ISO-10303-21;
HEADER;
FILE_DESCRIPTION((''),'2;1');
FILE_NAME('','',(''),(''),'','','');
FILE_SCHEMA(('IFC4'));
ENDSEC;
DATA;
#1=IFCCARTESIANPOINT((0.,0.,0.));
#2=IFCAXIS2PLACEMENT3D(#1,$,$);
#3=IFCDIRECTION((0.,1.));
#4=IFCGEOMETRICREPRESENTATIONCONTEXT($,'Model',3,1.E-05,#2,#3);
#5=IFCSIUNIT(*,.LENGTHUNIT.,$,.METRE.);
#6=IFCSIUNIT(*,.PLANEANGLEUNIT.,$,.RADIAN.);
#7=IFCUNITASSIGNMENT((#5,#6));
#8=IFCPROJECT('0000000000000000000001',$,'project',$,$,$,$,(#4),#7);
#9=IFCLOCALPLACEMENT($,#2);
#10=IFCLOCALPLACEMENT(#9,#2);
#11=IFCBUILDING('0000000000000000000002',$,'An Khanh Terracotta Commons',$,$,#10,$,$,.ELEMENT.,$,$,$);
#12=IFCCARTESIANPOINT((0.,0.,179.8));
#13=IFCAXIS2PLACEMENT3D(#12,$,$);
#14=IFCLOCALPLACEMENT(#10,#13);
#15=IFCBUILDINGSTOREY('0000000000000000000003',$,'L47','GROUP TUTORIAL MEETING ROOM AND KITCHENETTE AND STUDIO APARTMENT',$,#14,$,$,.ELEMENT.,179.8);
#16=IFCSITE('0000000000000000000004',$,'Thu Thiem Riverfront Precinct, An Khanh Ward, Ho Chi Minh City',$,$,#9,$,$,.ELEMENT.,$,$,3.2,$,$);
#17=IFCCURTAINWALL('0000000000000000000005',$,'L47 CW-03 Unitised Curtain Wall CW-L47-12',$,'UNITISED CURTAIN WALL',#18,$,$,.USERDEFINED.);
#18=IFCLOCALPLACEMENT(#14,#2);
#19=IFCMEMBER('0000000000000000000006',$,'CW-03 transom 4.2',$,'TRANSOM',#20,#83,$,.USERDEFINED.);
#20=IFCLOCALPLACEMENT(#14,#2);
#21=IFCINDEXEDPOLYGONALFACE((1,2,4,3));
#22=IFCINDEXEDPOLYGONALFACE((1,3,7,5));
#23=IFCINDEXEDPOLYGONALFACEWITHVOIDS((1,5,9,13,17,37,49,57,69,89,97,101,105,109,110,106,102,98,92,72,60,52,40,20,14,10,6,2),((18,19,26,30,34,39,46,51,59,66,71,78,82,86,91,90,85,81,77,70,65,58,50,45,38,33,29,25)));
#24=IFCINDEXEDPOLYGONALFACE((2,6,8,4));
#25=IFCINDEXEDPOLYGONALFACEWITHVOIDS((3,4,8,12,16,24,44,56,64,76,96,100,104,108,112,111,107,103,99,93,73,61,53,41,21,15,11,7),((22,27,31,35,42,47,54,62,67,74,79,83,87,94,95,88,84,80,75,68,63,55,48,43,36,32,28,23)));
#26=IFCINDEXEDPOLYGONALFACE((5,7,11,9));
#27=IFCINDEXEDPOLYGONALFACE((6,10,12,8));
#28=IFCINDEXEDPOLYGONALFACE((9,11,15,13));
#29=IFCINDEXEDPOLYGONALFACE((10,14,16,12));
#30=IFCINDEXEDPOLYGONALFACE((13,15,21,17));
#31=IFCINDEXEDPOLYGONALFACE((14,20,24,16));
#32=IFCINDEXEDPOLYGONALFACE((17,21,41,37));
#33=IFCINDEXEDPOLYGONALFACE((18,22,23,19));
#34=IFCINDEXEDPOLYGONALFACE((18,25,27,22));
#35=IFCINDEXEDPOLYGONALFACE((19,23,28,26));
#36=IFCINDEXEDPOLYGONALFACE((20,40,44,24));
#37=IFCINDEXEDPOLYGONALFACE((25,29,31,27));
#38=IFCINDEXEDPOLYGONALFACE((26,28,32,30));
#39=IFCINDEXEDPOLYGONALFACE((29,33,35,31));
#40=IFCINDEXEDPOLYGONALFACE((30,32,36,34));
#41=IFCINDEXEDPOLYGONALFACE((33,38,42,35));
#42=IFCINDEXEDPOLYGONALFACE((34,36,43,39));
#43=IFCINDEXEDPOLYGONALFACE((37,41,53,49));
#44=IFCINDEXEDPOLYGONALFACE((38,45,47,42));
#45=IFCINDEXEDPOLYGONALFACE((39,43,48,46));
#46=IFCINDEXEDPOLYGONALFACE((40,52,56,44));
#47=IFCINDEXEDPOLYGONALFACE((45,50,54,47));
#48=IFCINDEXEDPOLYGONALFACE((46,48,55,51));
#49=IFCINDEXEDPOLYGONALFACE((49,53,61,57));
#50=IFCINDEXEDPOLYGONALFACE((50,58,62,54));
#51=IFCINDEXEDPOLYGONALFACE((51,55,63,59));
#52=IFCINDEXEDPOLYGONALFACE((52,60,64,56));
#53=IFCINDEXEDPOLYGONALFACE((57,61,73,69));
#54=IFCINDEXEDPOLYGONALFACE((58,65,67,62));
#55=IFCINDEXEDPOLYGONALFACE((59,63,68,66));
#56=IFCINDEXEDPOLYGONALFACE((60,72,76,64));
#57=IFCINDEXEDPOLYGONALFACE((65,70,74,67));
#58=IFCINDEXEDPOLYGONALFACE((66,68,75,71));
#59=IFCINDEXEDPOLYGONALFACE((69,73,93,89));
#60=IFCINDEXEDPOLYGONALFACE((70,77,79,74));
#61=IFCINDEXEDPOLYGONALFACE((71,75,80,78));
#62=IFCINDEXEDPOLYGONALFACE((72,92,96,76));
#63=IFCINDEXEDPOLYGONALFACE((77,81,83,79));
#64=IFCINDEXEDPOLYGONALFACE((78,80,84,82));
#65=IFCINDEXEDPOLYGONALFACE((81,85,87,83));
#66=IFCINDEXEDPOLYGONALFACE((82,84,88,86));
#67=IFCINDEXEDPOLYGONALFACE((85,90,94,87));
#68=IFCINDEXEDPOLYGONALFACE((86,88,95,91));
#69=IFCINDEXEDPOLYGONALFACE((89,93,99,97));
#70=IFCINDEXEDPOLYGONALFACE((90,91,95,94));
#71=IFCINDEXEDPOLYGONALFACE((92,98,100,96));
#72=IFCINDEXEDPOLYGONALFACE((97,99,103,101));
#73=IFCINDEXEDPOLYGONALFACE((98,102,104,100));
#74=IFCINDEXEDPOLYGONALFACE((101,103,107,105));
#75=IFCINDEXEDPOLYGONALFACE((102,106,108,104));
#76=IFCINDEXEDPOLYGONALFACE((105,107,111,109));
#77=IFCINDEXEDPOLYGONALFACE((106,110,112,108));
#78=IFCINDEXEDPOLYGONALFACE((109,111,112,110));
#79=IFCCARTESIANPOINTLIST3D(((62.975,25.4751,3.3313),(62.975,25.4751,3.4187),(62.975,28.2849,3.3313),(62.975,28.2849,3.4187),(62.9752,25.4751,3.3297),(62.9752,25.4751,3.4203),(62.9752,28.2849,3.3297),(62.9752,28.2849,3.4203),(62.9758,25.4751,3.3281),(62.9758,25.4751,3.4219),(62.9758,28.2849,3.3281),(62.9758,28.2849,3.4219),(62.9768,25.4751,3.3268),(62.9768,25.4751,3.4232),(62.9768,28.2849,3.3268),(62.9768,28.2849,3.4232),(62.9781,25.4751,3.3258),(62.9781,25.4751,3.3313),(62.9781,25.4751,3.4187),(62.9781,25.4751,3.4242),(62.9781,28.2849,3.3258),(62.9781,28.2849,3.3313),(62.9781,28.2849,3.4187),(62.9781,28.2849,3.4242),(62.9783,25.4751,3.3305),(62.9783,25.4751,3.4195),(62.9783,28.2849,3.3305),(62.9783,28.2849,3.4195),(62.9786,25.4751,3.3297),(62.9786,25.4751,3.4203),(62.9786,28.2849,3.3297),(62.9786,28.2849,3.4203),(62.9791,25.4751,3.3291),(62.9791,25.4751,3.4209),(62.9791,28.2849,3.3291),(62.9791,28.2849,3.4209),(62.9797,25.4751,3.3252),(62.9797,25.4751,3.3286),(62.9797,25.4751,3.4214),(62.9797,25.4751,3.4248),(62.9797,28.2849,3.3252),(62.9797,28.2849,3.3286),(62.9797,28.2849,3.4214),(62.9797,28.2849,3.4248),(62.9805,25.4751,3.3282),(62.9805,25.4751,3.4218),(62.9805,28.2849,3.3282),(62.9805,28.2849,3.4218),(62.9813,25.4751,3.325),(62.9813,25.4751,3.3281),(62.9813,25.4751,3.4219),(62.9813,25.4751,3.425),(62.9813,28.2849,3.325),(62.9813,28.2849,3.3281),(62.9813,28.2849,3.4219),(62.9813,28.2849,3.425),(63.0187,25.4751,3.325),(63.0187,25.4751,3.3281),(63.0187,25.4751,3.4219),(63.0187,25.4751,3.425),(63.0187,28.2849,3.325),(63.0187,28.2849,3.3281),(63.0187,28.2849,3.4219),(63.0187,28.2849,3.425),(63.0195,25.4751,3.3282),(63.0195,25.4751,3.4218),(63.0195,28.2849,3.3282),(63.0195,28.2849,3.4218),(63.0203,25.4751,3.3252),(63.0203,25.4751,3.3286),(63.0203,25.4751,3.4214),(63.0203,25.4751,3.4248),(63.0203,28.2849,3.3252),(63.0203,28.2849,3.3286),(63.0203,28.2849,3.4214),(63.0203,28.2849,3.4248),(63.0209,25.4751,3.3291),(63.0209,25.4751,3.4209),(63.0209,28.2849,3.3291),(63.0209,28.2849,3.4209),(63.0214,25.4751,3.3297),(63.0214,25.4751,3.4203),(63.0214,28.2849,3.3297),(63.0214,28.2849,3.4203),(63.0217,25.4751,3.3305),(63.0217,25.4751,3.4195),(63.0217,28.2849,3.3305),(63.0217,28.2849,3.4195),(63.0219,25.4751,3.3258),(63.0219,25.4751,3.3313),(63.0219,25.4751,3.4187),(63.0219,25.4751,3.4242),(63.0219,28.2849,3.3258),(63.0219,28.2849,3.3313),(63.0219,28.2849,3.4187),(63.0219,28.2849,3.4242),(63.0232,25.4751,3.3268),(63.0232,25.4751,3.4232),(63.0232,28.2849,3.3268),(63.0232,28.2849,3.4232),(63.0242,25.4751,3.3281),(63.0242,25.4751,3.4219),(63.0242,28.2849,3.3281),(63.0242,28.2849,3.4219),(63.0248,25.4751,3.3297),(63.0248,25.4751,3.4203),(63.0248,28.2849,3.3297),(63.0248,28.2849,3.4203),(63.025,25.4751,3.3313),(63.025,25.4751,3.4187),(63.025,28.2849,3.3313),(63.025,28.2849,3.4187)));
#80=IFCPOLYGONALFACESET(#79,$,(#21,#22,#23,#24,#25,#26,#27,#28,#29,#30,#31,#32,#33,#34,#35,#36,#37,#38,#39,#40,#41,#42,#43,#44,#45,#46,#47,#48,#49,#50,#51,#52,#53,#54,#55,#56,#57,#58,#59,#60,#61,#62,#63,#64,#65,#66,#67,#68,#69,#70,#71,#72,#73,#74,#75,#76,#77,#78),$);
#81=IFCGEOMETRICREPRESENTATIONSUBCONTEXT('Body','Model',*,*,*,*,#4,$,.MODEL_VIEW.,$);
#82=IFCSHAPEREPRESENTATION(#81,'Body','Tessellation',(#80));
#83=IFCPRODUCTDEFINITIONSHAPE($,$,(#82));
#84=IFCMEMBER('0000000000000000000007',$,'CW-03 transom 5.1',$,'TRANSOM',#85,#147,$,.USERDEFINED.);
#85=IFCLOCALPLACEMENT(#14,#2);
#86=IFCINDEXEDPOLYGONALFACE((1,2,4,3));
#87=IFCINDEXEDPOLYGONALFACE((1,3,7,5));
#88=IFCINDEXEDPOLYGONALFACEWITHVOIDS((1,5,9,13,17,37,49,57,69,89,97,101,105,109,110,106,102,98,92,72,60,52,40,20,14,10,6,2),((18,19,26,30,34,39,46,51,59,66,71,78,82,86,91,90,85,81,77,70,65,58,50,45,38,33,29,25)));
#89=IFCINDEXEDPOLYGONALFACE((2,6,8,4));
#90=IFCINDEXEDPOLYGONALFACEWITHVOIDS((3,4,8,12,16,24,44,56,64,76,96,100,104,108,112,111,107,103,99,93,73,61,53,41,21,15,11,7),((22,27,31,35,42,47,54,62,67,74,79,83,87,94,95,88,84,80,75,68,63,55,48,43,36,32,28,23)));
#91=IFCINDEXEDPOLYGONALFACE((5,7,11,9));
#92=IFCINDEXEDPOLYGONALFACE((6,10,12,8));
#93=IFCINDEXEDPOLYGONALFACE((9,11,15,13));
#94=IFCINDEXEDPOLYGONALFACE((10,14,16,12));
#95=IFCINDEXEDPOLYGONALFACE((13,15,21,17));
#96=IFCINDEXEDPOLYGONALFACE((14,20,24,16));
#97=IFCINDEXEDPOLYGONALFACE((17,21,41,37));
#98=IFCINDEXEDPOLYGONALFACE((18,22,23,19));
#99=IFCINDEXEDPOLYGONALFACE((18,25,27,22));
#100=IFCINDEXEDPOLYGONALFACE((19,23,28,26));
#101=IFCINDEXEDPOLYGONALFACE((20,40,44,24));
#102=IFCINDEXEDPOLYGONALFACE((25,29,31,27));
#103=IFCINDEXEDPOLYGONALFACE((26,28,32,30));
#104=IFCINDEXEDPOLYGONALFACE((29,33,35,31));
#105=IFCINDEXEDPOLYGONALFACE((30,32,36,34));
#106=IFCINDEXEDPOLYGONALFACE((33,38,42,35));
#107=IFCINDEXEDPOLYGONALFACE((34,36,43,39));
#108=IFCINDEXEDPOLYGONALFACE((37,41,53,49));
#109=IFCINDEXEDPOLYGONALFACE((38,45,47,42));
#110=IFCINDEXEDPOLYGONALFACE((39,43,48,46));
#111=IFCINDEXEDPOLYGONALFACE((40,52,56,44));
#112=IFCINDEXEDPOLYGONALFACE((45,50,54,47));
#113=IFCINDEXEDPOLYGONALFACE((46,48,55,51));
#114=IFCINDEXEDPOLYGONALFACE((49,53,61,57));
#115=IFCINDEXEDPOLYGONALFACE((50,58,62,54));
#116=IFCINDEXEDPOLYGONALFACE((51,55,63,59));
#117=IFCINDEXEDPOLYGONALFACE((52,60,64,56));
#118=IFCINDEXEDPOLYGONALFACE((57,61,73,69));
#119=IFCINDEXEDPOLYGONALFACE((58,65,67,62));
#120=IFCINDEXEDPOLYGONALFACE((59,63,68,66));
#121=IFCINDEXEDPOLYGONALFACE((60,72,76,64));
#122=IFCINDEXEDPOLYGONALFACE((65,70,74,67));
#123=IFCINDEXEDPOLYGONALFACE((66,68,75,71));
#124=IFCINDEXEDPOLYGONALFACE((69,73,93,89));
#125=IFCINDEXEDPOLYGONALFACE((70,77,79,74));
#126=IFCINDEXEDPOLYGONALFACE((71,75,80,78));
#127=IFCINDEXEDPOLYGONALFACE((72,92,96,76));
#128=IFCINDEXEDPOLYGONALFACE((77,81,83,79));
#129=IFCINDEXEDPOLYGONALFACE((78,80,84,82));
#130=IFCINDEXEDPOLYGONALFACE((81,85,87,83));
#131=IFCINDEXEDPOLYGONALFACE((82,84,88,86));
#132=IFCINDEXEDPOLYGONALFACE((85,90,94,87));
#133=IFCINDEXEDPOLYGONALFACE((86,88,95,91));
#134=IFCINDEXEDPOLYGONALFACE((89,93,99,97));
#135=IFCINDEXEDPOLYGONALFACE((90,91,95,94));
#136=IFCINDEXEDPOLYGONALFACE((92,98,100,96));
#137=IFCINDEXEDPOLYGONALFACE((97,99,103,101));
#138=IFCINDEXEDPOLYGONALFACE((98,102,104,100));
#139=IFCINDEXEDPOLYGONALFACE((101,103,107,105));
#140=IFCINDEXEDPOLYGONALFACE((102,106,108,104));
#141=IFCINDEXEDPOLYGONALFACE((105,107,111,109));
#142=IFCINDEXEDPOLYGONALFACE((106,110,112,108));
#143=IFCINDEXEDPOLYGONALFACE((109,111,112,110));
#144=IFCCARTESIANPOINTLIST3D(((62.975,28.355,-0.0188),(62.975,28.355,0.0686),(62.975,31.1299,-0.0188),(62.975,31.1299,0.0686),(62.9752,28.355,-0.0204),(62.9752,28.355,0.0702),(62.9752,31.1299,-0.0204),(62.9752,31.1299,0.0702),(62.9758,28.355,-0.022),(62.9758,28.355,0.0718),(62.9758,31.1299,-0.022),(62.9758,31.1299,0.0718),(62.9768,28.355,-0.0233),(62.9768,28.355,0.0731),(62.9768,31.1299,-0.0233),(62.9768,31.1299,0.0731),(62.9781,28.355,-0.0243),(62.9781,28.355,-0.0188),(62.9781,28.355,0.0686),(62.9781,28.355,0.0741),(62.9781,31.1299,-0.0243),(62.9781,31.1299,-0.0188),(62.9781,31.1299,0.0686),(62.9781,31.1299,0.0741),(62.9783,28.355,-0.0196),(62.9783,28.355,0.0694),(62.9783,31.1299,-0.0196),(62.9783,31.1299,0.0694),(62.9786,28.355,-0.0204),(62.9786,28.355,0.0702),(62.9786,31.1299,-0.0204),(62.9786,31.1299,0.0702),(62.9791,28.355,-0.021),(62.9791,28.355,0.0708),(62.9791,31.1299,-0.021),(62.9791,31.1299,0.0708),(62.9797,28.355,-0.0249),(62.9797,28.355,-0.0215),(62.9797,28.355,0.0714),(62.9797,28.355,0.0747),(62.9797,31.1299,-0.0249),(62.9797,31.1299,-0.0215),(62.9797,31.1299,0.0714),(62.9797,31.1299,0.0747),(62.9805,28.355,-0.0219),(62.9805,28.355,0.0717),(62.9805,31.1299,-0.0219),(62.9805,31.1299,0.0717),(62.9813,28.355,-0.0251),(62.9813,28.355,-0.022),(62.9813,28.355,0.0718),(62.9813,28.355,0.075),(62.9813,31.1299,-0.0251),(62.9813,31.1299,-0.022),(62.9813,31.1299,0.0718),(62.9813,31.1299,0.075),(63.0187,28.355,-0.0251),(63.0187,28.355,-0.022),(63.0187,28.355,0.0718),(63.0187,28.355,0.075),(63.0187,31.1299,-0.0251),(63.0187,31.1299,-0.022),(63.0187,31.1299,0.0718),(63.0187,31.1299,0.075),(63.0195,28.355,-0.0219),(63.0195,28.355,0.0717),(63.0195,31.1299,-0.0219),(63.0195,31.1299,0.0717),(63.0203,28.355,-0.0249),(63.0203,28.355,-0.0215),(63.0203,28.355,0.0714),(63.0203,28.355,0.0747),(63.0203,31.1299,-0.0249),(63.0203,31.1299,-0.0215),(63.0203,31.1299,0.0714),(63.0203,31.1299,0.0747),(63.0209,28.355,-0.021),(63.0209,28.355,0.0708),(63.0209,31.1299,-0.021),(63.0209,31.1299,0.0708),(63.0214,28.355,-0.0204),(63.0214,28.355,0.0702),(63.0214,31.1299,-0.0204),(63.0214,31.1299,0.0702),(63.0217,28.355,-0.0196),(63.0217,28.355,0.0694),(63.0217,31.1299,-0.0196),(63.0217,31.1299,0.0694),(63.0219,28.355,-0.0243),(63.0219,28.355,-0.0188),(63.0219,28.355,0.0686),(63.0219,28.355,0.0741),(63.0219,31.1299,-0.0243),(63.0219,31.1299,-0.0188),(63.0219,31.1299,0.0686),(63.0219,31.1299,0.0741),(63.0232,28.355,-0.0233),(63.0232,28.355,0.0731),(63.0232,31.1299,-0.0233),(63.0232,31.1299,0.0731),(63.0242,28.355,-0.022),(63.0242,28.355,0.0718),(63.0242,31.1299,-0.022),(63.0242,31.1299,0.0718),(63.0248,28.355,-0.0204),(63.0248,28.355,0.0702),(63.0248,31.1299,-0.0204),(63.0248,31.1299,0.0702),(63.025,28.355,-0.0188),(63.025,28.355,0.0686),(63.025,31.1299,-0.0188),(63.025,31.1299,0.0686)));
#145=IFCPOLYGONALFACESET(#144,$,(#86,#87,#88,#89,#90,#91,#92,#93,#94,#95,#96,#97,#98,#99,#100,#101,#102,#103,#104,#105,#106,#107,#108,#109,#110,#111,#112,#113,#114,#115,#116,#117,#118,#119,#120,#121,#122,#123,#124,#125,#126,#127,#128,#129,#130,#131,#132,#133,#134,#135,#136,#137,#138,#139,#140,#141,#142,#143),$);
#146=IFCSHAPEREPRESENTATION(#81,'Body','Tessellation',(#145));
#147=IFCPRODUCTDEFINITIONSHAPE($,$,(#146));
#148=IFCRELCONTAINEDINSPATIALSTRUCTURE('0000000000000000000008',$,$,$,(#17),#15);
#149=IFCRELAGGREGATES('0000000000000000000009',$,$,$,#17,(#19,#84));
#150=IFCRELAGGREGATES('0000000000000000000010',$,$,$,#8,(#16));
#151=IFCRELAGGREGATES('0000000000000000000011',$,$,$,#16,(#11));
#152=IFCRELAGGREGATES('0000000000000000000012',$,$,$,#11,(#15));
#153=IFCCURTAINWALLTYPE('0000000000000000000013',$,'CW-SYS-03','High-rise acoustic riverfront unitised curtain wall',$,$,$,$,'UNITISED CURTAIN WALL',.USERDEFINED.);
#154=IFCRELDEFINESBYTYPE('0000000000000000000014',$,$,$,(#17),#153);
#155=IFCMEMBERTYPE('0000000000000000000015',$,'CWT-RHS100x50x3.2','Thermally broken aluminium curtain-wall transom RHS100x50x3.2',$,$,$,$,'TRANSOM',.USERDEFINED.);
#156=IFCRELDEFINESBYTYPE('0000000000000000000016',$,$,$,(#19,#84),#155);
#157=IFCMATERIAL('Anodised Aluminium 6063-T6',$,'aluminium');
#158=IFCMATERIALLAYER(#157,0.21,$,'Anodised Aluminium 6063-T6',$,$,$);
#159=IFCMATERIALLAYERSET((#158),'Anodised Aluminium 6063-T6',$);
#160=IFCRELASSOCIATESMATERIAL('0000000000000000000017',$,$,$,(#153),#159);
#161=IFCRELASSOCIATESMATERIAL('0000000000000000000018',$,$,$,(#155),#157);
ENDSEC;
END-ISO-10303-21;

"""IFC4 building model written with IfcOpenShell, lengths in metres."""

from ifc_helpers import new_model, si_unit, direction, frame, origin, origin_2d, place, context, subcontext, project, spatial, hollow_rectangle, extrude, material, layer, layer_set, material_profile, profile_set, type_object, element, aggregate, save


model = new_model("IFC4")

# Units and contexts
model_context = context("Model", 3, precision=1e-05, world=origin(), true_north=direction((0.0, 1.0)))
body_context = subcontext(model_context, "Body", "Model", "MODEL_VIEW")
ifc_project = project(units=[si_unit("LENGTHUNIT", "METRE"), si_unit("PLANEANGLEUNIT", "RADIAN")], contexts=[model_context])

# Site, building, storey
site_placement = place(None, origin())
site = spatial("IfcSite", under=ifc_project, at=site_placement, Name="Thu Thiem Riverfront Precinct, An Khanh Ward, Ho Chi Minh City", CompositionType="ELEMENT", RefElevation=3.2)
building_placement = place(site_placement, origin())
building = spatial("IfcBuilding", under=site, at=building_placement, Name="An Khanh Terracotta Commons", CompositionType="ELEMENT")
storey_placement = place(building_placement, frame((0.0, 0.0, 179.8)))
storey = spatial("IfcBuildingStorey", under=building, at=storey_placement, Name="L47", Description="GROUP TUTORIAL MEETING ROOM AND KITCHENETTE AND STUDIO APARTMENT", CompositionType="ELEMENT", Elevation=179.8)

# Curtain wall
ifc_material_1 = material(Name="Anodised Aluminium 6063-T6", Category="aluminium")
ifc_layer_1 = layer(ifc_material_1, 0.21, Name="Anodised Aluminium 6063-T6")
ifc_layer_set_1 = layer_set([ifc_layer_1], Name="Anodised Aluminium 6063-T6")
curtain_wall_type = type_object("IfcCurtainWallType", Name="CW-SYS-03", Description="High-rise acoustic riverfront unitised curtain wall", ElementType="UNITISED CURTAIN WALL", PredefinedType="USERDEFINED", material=ifc_layer_set_1)
curtain_wall_1_placement = place(storey_placement, origin())
curtain_wall_1 = element("IfcCurtainWall", 1, at=curtain_wall_1_placement, inside=storey, type_object=curtain_wall_type, Name="L47 CW-03 Unitised Curtain Wall CW-L47-12", ObjectType="UNITISED CURTAIN WALL", PredefinedType="USERDEFINED")

# Members
ifc_material_profile_1 = material_profile(ifc_material_1, hollow_rectangle(XDim=0.05, YDim=0.1001, WallThickness=0.0032, InnerFilletRadius=0.0032, OuterFilletRadius=0.0063, at=origin_2d()), Name="RHS100x50x3.2")
ifc_profile_set_1 = profile_set([ifc_material_profile_1], Name="Anodised Aluminium 6063-T6")
member_type_1 = type_object("IfcMemberType", Name="CWT-RHS100x50x3.2", Description="Thermally broken aluminium curtain-wall transom RHS100x50x3.2", ElementType="TRANSOM", PredefinedType="USERDEFINED", material=ifc_profile_set_1)
member_1_placement = place(storey_placement, frame((63.0, 25.4751, 3.375), z_axis=(0.0, 1.0, 0.0), x_axis=(-1.0, 0.0, 0.0)))
member_1 = element("IfcMember", 2, at=member_1_placement, type_object=member_type_1, Name="CW-03 transom 4.2", ObjectType="TRANSOM", PredefinedType="USERDEFINED", context=body_context, shape_type="SweptSolid", body=[
    extrude(hollow_rectangle(XDim=0.05, YDim=0.1001, WallThickness=0.0032, InnerFilletRadius=0.0032, OuterFilletRadius=0.0063, at=origin_2d()), origin(), (0.0, 0.0, 1.0), 2.8098),
])
member_2_placement = place(storey_placement, frame((63.0, 28.355, 0.0249), z_axis=(0.0, 1.0, 0.0), x_axis=(-1.0, 0.0, 0.0)))
member_2 = element("IfcMember", 3, at=member_2_placement, type_object=member_type_1, Name="CW-03 transom 5.1", ObjectType="TRANSOM", PredefinedType="USERDEFINED", context=body_context, shape_type="SweptSolid", body=[
    extrude(hollow_rectangle(XDim=0.05, YDim=0.1001, WallThickness=0.0032, InnerFilletRadius=0.0032, OuterFilletRadius=0.0063, at=origin_2d()), origin(), (0.0, 0.0, 1.0), 2.7749),
])

aggregate(curtain_wall_1, [member_1, member_2])

save(model, "model.ifc")
